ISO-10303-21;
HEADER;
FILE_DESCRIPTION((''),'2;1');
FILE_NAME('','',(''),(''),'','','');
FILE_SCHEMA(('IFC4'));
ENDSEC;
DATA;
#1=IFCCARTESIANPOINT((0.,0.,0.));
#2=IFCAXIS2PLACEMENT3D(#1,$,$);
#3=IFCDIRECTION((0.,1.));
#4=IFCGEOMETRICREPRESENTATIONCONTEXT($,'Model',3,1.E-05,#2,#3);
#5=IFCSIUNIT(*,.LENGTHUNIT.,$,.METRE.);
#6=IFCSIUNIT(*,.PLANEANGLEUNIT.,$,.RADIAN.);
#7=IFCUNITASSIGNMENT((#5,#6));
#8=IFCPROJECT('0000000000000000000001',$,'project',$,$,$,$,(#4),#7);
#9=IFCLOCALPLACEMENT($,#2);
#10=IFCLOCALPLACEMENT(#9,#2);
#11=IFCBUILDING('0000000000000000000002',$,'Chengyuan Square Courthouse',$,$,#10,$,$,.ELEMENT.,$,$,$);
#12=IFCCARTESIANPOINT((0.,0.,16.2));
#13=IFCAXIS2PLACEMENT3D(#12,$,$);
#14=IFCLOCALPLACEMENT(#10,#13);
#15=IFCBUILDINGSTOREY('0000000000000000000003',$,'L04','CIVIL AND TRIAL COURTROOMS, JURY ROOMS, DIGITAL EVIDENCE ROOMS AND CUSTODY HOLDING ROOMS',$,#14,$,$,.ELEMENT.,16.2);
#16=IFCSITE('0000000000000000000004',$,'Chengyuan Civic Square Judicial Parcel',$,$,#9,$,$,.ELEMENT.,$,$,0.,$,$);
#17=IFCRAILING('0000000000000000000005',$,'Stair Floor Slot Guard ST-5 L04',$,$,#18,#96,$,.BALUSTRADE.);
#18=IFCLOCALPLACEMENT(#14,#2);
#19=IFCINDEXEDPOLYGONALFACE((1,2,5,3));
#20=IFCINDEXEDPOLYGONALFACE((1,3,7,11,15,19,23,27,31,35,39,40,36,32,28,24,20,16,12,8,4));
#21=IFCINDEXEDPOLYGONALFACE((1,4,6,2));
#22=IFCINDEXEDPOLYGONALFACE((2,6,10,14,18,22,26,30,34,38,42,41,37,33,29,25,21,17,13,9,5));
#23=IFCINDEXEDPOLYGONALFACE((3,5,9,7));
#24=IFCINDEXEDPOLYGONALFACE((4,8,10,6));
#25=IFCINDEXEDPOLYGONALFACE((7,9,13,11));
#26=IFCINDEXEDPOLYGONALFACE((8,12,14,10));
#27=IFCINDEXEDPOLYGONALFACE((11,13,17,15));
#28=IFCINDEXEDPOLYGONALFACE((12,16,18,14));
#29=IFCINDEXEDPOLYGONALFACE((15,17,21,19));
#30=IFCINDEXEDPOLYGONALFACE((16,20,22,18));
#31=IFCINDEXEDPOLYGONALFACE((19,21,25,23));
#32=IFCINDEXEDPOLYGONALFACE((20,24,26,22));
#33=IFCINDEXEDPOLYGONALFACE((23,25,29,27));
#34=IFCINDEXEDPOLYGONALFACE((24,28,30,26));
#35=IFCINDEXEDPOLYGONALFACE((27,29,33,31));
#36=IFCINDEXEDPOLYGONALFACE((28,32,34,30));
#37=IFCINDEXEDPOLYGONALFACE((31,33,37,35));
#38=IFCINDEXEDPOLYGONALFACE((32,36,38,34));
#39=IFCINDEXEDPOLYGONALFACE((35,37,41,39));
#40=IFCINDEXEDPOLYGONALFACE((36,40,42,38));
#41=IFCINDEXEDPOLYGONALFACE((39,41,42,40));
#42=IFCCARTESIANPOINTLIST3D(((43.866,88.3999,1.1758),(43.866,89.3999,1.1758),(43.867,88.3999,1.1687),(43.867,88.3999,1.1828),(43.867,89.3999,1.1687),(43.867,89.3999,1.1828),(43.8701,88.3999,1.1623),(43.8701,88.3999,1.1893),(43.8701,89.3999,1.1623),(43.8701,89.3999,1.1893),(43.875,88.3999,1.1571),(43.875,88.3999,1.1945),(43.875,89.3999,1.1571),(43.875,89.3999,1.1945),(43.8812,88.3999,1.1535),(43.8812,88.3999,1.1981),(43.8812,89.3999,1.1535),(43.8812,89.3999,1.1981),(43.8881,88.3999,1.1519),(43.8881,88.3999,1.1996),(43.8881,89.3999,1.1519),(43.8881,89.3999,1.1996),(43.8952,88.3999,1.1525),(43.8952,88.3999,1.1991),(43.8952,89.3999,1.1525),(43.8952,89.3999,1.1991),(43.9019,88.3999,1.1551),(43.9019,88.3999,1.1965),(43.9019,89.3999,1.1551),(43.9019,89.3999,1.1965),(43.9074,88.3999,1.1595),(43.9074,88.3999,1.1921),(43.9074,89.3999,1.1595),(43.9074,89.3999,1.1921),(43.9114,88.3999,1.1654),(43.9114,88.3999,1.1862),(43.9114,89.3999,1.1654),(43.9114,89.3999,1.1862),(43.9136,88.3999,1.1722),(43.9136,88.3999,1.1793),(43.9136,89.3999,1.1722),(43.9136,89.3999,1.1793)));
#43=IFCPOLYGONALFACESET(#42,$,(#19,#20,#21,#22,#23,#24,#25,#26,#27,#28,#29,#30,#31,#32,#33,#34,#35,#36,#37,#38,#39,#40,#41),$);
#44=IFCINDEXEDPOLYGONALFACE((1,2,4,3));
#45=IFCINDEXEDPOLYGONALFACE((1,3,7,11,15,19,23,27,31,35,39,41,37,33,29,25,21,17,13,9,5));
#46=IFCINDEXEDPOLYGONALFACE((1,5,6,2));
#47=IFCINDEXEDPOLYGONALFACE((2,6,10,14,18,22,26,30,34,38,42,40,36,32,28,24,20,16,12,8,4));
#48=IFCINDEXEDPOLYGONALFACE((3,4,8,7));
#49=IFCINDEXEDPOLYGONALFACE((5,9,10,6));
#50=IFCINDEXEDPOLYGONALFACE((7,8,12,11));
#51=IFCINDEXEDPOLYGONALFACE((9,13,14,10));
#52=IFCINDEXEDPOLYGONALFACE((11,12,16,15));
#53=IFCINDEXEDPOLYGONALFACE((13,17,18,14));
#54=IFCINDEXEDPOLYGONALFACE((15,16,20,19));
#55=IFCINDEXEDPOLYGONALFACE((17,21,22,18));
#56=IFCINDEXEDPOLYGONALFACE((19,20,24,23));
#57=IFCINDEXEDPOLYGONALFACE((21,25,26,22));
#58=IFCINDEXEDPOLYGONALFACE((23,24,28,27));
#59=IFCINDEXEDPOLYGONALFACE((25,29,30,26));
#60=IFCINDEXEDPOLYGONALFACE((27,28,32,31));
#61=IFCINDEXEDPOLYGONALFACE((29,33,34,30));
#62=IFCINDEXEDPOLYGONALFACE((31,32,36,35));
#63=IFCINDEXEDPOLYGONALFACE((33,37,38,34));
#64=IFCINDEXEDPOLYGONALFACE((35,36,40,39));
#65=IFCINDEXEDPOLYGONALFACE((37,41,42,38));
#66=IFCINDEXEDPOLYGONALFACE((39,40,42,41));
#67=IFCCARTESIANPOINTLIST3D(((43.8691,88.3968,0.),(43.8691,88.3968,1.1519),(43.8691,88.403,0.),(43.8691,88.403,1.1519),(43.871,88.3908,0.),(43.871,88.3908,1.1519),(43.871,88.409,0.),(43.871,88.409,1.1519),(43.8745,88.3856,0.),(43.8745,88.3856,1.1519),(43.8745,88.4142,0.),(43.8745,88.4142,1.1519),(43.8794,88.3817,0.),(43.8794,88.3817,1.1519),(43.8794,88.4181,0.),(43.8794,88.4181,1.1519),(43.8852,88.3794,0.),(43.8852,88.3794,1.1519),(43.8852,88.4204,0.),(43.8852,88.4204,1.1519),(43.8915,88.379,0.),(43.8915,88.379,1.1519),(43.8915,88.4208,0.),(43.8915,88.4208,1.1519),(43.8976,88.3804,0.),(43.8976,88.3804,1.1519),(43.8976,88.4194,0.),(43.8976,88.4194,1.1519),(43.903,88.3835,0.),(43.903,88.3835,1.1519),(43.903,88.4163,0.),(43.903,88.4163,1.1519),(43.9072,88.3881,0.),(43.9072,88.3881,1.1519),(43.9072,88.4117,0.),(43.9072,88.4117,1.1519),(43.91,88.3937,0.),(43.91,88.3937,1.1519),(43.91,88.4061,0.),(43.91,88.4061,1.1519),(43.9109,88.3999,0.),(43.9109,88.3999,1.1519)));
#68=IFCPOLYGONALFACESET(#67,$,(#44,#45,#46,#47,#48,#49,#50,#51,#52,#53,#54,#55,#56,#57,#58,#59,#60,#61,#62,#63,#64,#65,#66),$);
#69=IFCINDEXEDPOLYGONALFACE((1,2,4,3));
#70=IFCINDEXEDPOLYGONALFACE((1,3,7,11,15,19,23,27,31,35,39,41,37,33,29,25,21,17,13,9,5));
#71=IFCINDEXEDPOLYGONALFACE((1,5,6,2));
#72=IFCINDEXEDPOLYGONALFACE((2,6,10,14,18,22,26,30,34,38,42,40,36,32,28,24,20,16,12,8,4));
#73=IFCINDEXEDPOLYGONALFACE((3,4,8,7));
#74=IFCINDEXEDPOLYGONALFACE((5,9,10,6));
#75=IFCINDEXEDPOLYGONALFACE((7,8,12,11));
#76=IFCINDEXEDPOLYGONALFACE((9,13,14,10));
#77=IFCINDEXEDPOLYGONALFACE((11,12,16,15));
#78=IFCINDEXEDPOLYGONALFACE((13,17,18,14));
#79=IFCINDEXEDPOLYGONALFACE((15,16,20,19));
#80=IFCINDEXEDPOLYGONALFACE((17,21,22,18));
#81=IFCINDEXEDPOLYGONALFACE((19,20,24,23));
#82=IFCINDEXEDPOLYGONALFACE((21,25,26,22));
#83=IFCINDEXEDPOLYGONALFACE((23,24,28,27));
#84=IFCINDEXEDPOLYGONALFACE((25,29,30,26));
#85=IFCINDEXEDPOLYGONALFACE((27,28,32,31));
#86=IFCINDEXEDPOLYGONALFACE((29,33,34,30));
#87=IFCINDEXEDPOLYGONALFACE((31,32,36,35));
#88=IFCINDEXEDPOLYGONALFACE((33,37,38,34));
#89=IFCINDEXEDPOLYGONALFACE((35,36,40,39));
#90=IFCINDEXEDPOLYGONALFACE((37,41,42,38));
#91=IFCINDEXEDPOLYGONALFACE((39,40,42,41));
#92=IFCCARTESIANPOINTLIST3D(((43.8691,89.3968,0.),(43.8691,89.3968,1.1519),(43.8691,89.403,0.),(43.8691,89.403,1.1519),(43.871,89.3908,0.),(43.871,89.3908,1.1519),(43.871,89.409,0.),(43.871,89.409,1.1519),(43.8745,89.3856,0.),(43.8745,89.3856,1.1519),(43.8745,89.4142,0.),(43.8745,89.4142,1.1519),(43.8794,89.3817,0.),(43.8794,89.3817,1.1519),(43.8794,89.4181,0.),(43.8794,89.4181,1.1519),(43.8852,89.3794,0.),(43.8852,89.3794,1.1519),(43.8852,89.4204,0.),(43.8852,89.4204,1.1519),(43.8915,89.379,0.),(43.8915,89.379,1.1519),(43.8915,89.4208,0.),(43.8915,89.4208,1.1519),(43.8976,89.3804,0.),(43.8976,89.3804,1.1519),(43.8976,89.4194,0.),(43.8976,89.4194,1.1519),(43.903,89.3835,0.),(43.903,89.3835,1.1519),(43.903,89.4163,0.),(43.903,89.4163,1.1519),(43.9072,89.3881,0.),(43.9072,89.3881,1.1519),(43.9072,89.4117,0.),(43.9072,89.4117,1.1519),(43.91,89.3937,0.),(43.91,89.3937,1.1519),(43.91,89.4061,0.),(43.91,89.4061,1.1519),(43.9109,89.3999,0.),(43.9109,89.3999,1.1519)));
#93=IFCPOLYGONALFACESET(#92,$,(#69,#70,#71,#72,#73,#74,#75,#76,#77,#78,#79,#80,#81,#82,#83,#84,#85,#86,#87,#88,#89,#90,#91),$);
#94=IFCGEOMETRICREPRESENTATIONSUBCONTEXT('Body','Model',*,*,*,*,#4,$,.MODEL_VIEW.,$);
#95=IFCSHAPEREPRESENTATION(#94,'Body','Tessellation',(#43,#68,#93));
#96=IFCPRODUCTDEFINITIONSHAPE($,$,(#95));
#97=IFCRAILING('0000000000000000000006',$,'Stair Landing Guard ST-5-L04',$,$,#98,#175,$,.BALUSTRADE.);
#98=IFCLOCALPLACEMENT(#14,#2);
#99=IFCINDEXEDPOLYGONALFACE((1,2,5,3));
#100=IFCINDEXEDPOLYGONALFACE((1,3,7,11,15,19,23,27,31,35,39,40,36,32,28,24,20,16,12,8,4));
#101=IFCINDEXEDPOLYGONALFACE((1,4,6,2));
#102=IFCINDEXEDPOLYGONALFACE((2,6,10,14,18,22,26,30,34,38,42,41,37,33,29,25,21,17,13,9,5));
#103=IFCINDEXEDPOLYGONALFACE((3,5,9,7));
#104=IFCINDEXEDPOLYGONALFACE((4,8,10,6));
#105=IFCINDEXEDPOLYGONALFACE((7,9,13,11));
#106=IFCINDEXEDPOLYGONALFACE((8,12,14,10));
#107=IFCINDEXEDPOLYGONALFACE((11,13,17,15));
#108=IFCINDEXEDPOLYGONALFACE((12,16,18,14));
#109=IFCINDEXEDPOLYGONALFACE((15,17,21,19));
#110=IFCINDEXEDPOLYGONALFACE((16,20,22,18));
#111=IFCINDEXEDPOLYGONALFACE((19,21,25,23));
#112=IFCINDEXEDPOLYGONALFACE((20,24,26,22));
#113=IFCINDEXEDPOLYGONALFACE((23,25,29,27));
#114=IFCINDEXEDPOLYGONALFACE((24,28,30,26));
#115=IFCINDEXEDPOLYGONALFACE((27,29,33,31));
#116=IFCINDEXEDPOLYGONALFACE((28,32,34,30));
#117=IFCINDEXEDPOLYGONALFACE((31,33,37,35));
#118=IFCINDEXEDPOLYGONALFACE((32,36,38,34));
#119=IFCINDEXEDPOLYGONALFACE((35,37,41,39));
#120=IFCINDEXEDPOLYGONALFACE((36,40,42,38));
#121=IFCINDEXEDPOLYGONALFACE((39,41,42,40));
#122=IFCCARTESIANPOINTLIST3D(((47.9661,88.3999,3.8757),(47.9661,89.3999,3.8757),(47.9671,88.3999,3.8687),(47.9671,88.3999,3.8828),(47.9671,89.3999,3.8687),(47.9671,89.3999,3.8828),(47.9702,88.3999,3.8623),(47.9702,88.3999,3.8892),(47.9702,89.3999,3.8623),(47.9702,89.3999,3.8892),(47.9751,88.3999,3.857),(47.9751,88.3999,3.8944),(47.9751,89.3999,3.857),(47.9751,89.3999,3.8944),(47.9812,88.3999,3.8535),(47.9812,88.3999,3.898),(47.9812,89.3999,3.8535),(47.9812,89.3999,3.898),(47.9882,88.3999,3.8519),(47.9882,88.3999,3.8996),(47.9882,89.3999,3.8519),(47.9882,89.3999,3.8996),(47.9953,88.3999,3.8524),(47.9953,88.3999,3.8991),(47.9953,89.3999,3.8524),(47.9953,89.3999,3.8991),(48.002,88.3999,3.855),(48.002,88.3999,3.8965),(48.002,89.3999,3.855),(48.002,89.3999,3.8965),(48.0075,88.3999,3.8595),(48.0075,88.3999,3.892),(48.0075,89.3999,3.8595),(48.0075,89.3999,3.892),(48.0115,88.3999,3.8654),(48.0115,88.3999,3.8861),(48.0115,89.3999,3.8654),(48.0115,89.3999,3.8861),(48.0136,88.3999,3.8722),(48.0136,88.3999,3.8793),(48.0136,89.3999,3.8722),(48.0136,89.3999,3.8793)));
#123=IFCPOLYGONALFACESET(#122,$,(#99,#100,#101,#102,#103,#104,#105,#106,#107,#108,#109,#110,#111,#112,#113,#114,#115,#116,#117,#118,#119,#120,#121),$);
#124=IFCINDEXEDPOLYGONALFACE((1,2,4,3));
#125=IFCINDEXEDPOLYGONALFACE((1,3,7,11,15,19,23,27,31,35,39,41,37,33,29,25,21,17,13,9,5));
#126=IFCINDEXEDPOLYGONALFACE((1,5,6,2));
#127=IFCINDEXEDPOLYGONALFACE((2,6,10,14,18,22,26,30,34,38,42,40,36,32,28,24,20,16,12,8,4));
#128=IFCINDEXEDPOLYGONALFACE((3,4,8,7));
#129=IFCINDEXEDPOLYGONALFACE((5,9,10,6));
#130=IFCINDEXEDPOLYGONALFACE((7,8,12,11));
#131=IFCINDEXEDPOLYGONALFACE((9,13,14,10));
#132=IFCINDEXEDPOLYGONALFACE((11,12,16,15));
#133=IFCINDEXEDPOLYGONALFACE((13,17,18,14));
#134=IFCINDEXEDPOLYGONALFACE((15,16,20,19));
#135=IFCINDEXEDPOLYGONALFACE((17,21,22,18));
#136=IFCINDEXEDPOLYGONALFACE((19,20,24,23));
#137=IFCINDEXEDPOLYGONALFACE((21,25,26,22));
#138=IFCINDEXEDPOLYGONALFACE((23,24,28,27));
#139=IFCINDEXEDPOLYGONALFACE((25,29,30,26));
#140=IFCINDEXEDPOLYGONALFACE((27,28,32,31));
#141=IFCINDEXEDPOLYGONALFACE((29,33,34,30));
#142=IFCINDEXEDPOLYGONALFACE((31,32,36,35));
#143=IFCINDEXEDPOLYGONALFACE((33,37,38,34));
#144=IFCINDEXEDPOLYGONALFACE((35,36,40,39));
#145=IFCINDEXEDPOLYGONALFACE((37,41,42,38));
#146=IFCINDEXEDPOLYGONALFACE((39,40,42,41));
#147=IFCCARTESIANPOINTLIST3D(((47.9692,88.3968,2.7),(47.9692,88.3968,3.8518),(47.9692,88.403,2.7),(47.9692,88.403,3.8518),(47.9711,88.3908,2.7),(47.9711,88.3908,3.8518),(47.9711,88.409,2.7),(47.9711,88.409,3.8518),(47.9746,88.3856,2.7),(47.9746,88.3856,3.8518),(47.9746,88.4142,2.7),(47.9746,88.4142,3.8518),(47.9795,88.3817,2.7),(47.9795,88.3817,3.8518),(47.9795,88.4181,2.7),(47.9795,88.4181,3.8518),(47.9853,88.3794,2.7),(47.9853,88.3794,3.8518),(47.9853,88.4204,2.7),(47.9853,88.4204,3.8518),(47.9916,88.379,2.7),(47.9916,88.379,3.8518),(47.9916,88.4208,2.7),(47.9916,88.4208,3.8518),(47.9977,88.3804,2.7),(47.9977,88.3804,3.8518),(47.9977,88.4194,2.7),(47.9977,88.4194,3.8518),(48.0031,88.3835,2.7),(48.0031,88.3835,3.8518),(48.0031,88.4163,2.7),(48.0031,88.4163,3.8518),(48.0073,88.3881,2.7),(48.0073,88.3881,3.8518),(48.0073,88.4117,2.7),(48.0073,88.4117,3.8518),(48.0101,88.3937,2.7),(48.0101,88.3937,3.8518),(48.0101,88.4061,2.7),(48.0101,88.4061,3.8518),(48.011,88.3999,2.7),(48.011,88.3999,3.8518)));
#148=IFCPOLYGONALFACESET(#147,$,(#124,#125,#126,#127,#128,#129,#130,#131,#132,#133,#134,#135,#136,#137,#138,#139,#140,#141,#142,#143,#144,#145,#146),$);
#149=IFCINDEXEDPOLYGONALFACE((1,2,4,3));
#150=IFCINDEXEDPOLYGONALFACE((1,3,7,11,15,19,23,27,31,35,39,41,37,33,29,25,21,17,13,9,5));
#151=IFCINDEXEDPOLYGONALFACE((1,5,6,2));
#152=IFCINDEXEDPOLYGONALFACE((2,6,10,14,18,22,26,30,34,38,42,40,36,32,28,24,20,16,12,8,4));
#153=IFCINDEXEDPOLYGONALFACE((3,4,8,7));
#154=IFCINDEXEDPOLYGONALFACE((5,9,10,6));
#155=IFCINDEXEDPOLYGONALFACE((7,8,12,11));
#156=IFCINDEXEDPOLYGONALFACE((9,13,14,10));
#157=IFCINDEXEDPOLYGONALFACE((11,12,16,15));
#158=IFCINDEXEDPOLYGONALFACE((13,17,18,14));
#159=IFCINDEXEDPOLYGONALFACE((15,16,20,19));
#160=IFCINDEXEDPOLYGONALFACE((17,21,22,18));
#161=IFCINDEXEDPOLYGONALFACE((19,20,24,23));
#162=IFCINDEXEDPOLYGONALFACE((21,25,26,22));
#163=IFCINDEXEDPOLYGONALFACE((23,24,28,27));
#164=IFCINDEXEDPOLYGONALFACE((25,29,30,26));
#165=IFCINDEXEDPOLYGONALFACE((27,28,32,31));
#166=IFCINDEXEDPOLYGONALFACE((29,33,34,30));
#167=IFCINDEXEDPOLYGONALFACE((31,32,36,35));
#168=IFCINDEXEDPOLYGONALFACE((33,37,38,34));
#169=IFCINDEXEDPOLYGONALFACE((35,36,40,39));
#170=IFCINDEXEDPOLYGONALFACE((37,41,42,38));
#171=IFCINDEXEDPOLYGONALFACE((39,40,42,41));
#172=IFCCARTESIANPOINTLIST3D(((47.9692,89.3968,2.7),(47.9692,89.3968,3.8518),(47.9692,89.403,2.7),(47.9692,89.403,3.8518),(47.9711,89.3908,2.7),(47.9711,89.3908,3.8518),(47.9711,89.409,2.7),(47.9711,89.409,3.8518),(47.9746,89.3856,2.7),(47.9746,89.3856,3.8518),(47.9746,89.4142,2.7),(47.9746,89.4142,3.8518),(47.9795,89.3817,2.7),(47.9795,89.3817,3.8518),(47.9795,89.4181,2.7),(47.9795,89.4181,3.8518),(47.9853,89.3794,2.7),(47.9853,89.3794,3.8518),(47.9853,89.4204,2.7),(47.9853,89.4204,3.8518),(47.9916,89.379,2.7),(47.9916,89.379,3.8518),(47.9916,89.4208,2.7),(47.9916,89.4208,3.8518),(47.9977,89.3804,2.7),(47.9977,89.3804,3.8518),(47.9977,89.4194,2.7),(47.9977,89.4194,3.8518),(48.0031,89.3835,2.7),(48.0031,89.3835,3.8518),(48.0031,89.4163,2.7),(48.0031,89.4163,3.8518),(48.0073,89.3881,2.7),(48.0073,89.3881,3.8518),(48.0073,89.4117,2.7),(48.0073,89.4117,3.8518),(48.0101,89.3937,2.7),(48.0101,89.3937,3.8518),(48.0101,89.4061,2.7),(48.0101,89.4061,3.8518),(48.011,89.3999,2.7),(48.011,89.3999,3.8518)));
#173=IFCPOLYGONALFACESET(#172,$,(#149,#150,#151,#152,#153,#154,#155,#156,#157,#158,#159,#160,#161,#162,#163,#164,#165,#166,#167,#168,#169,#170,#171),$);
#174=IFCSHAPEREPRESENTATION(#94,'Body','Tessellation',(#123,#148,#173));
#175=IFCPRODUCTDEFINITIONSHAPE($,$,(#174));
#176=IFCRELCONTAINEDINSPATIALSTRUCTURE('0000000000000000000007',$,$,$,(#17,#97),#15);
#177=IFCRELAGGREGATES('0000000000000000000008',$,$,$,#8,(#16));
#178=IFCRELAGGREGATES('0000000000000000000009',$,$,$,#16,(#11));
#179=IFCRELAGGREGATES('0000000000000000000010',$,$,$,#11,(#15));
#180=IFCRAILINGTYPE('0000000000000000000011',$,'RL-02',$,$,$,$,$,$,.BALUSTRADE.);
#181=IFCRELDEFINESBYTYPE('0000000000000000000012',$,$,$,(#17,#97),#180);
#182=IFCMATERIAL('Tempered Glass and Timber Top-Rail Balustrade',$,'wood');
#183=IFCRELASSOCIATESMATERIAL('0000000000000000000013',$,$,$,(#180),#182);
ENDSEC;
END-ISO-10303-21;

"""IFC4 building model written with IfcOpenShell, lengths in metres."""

from ifc_helpers import new_model, si_unit, direction, frame, origin, origin_2d, place, context, subcontext, project, spatial, circle, extrude, material, type_object, element, save


model = new_model("IFC4")

# Units and contexts
model_context = context("Model", 3, precision=1e-05, world=origin(), true_north=direction((0.0, 1.0)))
body_context = subcontext(model_context, "Body", "Model", "MODEL_VIEW")
ifc_project = project(units=[si_unit("LENGTHUNIT", "METRE"), si_unit("PLANEANGLEUNIT", "RADIAN")], contexts=[model_context])

# Site, building, storey
site_placement = place(None, origin())
site = spatial("IfcSite", under=ifc_project, at=site_placement, Name="Chengyuan Civic Square Judicial Parcel", CompositionType="ELEMENT", RefElevation=0.0)
building_placement = place(site_placement, origin())
building = spatial("IfcBuilding", under=site, at=building_placement, Name="Chengyuan Square Courthouse", CompositionType="ELEMENT")
storey_placement = place(building_placement, frame((0.0, 0.0, 16.2)))
storey = spatial("IfcBuildingStorey", under=building, at=storey_placement, Name="L04", Description="CIVIL AND TRIAL COURTROOMS, JURY ROOMS, DIGITAL EVIDENCE ROOMS AND CUSTODY HOLDING ROOMS", CompositionType="ELEMENT", Elevation=16.2)

# Railings
ifc_material_1 = material(Name="Tempered Glass and Timber Top-Rail Balustrade", Category="wood")
railing_type_1 = type_object("IfcRailingType", Name="RL-02", PredefinedType="BALUSTRADE", material=ifc_material_1)
for number, where, name in (
    (1, (43.8899, 88.3999, 0.0), "Stair Floor Slot Guard ST-5 L04"),
    (2, (47.99, 88.3999, 2.7), "Stair Landing Guard ST-5-L04"),
):
    element("IfcRailing", number, at=place(storey_placement, frame(where)), inside=storey, type_object=railing_type_1, Name=name, PredefinedType="BALUSTRADE", context=body_context, shape_type="SweptSolid", body=[
        extrude(circle(Radius=0.0239, at=origin_2d()), frame((0.0, 0.0, 1.1758), z_axis=(0.0, 1.0, 0.0), x_axis=(-1.0, 0.0, 0.0)), (0.0, 0.0, 1.0), 1.0),
        extrude(circle(Radius=0.021, at=origin_2d()), origin(), (0.0, 0.0, 1.0), 1.1519),
        extrude(circle(Radius=0.021, at=origin_2d()), frame((0.0, 1.0, 0.0)), (0.0, 0.0, 1.0), 1.1519),
    ])

save(model, "model.ifc")
